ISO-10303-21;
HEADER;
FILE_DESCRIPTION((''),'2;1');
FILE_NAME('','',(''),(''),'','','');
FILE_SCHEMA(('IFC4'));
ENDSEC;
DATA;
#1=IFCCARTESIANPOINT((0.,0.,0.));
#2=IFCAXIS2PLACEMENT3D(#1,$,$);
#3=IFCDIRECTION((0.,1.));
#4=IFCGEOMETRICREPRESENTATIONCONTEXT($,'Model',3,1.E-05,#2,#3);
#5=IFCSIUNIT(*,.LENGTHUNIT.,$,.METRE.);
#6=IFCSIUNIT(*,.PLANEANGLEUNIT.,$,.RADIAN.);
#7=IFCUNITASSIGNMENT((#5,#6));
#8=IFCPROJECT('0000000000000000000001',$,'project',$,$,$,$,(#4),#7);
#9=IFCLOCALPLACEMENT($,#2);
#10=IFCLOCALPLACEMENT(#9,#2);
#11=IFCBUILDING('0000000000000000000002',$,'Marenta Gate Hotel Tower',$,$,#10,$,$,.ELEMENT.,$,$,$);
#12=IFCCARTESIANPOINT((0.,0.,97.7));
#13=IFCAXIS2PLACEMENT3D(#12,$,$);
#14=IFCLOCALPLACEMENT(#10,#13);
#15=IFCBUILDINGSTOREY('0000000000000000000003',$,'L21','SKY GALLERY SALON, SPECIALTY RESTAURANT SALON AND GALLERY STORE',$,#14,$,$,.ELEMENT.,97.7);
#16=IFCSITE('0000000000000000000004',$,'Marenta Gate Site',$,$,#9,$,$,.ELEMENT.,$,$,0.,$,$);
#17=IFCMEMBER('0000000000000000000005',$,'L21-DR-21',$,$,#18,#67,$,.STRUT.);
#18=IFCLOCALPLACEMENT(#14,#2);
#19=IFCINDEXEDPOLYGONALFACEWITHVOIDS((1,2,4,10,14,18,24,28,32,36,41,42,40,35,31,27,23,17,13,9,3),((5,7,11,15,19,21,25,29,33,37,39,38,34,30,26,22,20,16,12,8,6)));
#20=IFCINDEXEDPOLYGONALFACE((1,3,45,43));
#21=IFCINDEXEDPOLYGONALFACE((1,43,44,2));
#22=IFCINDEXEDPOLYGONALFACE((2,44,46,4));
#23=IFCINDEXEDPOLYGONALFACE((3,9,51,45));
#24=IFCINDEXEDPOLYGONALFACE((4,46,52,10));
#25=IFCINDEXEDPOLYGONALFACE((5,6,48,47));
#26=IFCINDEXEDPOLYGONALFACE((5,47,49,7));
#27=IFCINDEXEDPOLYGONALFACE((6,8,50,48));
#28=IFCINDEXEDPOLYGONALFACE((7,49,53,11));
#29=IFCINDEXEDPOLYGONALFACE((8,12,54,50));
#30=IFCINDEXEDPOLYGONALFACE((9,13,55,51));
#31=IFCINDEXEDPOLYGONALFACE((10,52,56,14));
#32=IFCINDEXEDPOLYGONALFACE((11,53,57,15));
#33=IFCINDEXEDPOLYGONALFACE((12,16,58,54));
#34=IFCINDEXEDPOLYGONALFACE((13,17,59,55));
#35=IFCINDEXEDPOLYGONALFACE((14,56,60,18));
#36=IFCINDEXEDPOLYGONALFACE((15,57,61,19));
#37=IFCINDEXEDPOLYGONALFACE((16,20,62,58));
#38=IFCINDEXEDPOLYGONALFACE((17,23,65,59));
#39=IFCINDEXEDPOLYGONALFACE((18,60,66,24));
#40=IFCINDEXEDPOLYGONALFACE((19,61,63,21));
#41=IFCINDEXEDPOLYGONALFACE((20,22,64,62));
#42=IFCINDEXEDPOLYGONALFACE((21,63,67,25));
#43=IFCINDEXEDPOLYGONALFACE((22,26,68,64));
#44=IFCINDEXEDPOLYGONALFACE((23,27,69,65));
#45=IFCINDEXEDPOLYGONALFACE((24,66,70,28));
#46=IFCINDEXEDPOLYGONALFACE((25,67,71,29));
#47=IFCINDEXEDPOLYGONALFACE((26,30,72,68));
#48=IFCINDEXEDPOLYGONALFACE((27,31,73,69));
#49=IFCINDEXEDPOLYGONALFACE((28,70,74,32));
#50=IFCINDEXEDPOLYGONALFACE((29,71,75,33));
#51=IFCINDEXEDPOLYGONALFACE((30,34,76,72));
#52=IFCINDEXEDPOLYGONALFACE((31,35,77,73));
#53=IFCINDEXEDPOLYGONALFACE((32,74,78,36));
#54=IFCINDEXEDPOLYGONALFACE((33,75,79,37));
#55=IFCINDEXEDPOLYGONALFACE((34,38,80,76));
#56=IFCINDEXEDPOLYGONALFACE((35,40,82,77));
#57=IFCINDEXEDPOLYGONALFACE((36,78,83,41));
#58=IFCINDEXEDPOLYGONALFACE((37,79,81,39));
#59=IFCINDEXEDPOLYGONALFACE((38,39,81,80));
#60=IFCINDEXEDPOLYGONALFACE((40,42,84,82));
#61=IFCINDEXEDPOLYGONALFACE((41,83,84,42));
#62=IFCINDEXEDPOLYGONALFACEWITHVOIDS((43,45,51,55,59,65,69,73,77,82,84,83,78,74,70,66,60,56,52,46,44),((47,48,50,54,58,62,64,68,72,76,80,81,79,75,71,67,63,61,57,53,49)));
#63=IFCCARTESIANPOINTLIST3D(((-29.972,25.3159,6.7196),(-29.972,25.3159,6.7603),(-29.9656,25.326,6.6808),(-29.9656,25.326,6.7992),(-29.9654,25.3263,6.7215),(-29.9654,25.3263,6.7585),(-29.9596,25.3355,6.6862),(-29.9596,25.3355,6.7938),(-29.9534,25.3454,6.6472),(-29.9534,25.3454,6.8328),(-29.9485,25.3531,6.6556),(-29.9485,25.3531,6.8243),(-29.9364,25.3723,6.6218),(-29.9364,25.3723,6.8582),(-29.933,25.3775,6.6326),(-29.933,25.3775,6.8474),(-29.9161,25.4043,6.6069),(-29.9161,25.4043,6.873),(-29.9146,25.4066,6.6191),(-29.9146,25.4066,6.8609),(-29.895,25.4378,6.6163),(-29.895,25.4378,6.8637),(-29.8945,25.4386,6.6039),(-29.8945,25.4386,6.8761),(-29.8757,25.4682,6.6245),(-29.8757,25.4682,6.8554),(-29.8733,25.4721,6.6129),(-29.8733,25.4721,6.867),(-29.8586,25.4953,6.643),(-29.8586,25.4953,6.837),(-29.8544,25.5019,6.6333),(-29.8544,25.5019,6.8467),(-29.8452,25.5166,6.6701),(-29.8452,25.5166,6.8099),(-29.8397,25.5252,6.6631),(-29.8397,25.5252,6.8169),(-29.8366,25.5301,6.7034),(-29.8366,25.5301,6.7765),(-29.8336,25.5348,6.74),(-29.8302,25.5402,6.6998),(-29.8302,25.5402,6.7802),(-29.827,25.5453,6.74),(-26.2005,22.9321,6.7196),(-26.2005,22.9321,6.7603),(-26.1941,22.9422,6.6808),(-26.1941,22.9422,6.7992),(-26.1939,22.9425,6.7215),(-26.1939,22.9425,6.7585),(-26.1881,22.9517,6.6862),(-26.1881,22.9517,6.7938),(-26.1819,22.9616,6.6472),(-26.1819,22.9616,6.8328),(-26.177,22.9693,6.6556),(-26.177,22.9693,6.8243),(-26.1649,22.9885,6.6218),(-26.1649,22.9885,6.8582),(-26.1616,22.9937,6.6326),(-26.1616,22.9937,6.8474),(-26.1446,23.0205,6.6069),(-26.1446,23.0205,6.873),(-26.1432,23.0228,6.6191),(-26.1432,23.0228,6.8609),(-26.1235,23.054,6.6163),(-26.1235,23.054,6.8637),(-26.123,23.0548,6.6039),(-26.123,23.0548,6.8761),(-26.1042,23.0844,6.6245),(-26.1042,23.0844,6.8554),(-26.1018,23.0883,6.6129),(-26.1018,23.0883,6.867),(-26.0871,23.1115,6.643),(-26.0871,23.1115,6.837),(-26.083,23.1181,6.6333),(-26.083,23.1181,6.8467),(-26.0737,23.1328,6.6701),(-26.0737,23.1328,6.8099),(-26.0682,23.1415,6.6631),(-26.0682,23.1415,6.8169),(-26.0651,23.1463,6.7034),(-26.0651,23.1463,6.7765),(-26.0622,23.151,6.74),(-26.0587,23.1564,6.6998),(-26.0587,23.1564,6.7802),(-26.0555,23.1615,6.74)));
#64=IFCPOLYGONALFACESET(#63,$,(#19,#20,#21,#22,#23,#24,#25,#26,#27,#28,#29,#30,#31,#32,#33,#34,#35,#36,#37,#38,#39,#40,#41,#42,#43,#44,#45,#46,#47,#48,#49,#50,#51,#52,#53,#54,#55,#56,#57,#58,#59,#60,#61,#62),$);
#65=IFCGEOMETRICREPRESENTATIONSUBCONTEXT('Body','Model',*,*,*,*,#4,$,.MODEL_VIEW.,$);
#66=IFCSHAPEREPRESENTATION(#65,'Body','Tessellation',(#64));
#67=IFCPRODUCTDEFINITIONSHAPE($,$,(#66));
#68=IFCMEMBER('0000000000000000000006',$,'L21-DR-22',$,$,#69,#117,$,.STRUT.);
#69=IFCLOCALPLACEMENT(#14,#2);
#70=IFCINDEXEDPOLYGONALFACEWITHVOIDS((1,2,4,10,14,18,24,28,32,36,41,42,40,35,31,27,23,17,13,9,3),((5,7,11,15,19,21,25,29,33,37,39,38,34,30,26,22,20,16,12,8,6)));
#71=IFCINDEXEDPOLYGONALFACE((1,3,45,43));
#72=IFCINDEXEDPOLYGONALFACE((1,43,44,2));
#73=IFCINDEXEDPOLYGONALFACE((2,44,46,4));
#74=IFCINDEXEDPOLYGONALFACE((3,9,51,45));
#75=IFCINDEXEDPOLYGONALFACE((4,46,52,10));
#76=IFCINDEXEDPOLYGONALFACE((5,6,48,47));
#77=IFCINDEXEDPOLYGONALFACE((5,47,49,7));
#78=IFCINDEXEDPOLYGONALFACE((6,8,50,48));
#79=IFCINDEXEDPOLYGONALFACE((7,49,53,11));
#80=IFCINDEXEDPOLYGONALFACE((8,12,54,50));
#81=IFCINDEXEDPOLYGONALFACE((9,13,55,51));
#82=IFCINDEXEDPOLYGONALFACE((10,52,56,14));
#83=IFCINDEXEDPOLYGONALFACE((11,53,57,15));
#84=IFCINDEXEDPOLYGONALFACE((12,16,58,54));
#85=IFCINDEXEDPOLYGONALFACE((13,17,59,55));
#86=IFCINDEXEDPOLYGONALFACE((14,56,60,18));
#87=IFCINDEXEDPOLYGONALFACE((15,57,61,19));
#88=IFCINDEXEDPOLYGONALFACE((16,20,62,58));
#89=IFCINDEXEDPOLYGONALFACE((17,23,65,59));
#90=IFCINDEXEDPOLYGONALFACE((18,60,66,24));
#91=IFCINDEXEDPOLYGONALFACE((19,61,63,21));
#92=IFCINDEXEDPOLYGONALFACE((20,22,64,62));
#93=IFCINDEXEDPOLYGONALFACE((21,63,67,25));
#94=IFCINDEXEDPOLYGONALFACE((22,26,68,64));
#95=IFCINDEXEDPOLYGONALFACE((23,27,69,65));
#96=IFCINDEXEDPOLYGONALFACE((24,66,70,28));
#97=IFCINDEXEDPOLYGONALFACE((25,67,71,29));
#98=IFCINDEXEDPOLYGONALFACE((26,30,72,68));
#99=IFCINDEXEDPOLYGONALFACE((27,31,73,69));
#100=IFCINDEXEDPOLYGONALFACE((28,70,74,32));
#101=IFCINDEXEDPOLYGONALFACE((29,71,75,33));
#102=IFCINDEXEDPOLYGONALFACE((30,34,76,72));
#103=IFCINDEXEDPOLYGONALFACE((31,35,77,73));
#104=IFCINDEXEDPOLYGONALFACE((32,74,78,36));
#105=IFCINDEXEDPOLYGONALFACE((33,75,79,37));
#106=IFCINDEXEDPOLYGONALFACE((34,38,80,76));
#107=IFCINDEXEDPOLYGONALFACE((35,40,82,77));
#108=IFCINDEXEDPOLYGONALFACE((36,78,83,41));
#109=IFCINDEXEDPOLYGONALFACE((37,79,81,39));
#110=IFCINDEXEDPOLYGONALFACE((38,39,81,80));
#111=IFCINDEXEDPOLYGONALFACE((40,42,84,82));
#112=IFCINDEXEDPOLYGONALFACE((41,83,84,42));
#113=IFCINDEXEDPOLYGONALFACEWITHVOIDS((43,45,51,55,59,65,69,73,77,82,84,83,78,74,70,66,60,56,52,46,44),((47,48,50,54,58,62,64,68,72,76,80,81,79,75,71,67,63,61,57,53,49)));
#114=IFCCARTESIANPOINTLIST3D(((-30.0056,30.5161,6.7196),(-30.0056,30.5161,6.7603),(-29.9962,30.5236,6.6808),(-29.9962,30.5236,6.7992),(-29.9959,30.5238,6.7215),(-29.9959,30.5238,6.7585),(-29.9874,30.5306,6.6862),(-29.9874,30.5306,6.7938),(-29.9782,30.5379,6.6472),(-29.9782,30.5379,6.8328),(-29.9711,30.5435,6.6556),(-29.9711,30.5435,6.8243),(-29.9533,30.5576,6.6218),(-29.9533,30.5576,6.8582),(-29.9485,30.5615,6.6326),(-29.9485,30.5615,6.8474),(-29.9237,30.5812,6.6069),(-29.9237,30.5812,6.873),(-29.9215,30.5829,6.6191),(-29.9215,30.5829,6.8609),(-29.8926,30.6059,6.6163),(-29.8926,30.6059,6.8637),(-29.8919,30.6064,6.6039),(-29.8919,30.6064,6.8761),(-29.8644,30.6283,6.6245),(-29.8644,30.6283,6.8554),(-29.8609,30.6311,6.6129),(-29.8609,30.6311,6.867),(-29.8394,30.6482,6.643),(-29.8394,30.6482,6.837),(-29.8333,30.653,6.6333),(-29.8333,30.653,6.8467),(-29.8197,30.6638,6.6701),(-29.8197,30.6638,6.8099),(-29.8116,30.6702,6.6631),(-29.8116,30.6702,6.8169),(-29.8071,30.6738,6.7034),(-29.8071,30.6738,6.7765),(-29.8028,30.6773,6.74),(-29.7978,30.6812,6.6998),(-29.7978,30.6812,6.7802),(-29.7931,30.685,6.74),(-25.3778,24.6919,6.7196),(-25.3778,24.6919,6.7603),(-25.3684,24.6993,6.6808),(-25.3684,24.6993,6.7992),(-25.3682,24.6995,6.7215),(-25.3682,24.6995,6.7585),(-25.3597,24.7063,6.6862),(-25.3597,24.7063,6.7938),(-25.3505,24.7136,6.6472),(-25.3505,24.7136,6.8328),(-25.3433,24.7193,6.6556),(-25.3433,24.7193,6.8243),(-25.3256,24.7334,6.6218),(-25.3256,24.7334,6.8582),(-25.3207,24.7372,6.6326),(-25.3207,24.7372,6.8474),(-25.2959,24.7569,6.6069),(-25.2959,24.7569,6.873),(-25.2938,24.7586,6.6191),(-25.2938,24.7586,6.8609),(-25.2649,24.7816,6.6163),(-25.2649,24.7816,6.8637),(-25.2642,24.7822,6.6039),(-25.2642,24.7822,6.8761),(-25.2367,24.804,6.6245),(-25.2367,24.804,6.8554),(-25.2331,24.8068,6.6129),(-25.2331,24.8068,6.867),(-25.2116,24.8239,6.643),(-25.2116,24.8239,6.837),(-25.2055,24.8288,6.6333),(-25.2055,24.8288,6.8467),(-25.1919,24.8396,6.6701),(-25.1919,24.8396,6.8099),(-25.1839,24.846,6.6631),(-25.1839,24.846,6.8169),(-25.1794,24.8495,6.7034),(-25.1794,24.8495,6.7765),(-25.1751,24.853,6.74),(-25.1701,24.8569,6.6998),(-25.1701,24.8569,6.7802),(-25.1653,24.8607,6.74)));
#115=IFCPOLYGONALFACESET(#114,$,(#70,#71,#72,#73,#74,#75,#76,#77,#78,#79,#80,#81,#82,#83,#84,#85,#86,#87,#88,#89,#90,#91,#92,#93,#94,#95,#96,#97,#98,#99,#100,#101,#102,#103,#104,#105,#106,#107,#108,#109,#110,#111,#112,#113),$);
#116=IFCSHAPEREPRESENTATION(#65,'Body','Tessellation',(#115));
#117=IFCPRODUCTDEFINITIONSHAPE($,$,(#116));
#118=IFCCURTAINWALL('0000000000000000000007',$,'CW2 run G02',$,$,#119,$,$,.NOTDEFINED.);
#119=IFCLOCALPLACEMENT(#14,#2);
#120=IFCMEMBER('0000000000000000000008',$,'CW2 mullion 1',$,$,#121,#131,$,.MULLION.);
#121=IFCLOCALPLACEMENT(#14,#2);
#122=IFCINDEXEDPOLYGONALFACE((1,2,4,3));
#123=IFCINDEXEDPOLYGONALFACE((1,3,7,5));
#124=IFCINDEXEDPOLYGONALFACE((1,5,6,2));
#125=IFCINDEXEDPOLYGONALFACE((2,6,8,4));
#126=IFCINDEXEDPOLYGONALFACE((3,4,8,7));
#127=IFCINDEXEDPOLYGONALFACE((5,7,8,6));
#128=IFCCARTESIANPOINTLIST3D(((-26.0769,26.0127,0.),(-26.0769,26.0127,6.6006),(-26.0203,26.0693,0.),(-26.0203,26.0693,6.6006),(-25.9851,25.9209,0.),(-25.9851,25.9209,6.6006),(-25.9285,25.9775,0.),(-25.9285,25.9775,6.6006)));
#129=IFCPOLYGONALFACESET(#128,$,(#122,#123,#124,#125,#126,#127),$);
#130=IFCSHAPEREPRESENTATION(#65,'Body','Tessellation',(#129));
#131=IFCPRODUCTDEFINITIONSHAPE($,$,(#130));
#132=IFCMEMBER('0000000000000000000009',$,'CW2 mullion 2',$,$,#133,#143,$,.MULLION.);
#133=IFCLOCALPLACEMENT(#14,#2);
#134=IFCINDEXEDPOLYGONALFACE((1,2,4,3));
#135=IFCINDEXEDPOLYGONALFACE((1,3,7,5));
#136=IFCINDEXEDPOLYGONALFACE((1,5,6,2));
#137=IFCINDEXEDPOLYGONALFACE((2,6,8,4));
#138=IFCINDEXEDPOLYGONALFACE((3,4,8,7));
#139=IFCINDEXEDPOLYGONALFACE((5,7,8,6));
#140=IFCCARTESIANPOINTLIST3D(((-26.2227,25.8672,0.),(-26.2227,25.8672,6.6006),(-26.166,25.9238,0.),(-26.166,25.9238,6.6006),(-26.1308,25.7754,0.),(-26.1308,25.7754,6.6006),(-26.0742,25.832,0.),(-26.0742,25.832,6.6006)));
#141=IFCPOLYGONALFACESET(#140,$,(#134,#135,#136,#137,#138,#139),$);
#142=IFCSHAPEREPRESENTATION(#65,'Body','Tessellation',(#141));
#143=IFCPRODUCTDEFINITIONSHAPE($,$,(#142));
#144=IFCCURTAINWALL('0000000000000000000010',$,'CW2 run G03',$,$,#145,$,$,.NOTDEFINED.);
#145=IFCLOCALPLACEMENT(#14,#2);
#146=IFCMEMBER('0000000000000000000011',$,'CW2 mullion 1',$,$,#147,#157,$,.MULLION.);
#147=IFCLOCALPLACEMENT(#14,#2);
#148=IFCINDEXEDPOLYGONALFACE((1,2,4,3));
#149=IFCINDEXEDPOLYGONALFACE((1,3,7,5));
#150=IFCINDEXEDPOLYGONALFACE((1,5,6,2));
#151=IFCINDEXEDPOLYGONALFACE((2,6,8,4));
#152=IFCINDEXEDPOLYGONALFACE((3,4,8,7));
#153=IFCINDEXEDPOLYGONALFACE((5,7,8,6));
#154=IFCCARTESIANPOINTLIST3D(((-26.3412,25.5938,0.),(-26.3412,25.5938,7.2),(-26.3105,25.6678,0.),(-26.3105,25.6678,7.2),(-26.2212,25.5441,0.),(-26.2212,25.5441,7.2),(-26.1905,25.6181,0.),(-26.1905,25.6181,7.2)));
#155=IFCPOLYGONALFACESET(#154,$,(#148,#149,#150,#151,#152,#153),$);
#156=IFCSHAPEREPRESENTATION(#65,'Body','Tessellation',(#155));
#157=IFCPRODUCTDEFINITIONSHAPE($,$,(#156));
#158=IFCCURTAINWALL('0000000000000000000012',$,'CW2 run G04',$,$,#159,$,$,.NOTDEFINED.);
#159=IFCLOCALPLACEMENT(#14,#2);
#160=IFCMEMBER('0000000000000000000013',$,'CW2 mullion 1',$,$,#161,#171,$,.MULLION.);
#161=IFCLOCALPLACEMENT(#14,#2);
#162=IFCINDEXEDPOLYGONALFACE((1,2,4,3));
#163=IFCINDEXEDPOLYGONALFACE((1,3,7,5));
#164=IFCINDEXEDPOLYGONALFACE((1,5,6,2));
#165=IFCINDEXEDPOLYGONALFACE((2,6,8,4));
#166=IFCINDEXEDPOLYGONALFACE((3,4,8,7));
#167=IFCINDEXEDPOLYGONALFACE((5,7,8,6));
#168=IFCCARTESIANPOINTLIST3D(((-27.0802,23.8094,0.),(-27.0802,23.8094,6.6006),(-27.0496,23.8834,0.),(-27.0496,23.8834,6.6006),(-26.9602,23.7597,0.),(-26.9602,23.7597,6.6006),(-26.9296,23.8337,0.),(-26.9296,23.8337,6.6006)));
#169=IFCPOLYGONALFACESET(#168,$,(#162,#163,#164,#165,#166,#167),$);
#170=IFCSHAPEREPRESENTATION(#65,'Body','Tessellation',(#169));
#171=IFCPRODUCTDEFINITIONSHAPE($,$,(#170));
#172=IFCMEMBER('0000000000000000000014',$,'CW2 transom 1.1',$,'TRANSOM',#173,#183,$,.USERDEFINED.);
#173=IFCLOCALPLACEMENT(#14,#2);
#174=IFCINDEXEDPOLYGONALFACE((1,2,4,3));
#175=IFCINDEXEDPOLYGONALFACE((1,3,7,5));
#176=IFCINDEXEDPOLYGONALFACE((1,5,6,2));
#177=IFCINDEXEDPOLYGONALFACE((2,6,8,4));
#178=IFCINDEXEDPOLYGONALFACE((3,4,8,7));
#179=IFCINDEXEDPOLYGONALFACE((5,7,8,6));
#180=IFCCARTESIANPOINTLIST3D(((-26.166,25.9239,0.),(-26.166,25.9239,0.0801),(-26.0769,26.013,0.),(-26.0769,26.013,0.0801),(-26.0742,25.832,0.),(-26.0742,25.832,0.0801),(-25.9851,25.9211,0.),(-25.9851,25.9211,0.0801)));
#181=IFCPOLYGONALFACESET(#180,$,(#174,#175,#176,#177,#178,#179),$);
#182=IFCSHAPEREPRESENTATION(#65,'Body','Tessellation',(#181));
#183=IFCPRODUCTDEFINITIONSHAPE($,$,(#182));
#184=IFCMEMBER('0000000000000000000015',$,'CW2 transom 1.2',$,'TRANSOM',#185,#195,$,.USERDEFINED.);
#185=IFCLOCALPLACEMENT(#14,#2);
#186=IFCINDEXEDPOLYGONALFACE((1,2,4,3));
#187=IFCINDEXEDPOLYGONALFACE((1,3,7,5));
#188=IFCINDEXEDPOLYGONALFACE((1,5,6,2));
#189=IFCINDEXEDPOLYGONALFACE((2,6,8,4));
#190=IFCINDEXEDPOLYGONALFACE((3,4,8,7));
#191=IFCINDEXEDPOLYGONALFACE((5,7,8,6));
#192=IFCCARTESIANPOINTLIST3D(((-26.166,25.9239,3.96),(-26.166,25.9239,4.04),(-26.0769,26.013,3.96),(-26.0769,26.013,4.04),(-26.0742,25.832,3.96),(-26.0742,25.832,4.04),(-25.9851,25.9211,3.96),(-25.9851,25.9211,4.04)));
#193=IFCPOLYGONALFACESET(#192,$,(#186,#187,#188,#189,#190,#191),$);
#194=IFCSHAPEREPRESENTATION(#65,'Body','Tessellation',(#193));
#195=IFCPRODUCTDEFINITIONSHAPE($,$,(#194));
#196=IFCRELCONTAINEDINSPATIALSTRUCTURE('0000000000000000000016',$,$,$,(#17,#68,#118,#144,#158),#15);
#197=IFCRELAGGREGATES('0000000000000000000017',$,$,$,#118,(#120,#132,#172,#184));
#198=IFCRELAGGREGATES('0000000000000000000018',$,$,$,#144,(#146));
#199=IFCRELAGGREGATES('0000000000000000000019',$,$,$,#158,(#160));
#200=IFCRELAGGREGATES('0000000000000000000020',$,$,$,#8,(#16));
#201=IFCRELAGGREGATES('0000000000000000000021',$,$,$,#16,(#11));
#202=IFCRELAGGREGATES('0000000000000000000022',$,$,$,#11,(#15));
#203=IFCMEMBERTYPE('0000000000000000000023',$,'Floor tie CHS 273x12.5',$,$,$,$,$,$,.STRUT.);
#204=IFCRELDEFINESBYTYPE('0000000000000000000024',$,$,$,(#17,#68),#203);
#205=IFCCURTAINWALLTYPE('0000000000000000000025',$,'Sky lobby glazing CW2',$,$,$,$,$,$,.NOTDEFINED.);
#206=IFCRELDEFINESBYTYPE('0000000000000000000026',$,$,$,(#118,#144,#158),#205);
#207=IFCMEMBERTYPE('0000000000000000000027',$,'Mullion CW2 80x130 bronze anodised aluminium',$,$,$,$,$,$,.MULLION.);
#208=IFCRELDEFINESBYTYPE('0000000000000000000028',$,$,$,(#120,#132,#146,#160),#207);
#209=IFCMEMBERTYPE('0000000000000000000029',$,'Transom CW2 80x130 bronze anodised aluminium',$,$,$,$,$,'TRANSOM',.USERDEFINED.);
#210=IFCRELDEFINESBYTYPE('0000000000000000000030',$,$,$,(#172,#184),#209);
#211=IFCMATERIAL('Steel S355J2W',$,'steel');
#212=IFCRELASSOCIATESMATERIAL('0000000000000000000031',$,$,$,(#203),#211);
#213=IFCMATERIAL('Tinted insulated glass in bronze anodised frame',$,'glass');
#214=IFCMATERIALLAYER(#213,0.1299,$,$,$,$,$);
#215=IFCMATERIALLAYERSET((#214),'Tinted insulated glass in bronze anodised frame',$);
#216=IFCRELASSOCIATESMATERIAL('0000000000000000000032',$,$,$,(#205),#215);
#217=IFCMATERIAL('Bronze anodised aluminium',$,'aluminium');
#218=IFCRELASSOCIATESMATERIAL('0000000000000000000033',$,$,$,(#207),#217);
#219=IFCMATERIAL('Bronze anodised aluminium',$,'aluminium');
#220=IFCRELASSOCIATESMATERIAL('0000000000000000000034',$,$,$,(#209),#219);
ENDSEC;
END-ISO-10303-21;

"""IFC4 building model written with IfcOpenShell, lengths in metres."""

from ifc_helpers import new_model, si_unit, direction, frame, origin, origin_2d, place, context, subcontext, project, spatial, rectangle, hollow_circle, extrude, material, layer, layer_set, material_profile, profile_set, type_object, element, aggregate, save


model = new_model("IFC4")

# Units and contexts
model_context = context("Model", 3, precision=1e-05, world=origin(), true_north=direction((0.0, 1.0)))
body_context = subcontext(model_context, "Body", "Model", "MODEL_VIEW")
ifc_project = project(units=[si_unit("LENGTHUNIT", "METRE"), si_unit("PLANEANGLEUNIT", "RADIAN")], contexts=[model_context])

# Site, building, storey
site_placement = place(None, origin())
site = spatial("IfcSite", under=ifc_project, at=site_placement, Name="Marenta Gate Site", CompositionType="ELEMENT", RefElevation=0.0)
building_placement = place(site_placement, origin())
building = spatial("IfcBuilding", under=site, at=building_placement, Name="Marenta Gate Hotel Tower", CompositionType="ELEMENT")
storey_placement = place(building_placement, frame((0.0, 0.0, 97.7)))
storey = spatial("IfcBuildingStorey", under=building, at=storey_placement, Name="L21", Description="SKY GALLERY SALON, SPECIALTY RESTAURANT SALON AND GALLERY STORE", CompositionType="ELEMENT", Elevation=97.7)

# Members
ifc_material_1 = material(Name="Steel S355J2W", Category="steel")
ifc_material_profile_1 = material_profile(ifc_material_1, hollow_circle(Radius=0.1365, WallThickness=0.0125, at=origin_2d()), Name="CHS 273x12.5")
ifc_profile_set_1 = profile_set([ifc_material_profile_1], Name="Steel S355J2W")
member_type_1 = type_object("IfcMemberType", Name="Floor tie CHS 273x12.5", PredefinedType="STRUT", material=ifc_profile_set_1)
member_1_placement = place(storey_placement, frame((-29.8999, 25.4299, 6.74), z_axis=(0.845307, -0.534281, 0.0), x_axis=(0.534281, 0.845307, 0.0)))
element("IfcMember", 1, at=member_1_placement, inside=storey, type_object=member_type_1, Name="L21-DR-21", PredefinedType="STRUT", context=body_context, shape_type="SweptSolid", body=[
    extrude(hollow_circle(Radius=0.1365, WallThickness=0.0125, at=origin_2d()), origin(), (0.0, 0.0, 1.0), 4.4617),
])
member_2_placement = place(storey_placement, frame((-29.8999, 30.6001, 6.74), z_axis=(0.622094, -0.782943, 0.0), x_axis=(0.782943, 0.622094, 0.0)))
element("IfcMember", 2, at=member_2_placement, inside=storey, type_object=member_type_1, Name="L21-DR-22", PredefinedType="STRUT", context=body_context, shape_type="SweptSolid", body=[
    extrude(hollow_circle(Radius=0.1365, WallThickness=0.0125, at=origin_2d()), origin(), (0.0, 0.0, 1.0), 7.439),
])

# Curtain wall, members
ifc_material_2 = material(Name="Tinted insulated glass in bronze anodised frame", Category="glass")
ifc_layer_1 = layer(ifc_material_2, 0.1299)
ifc_layer_set_1 = layer_set([ifc_layer_1], Name="Tinted insulated glass in bronze anodised frame")
curtain_wall_type = type_object("IfcCurtainWallType", Name="Sky lobby glazing CW2", PredefinedType="NOTDEFINED", material=ifc_layer_set_1)
curtain_wall_1_placement = place(storey_placement, origin())
curtain_wall_1 = element("IfcCurtainWall", 3, at=curtain_wall_1_placement, inside=storey, type_object=curtain_wall_type, Name="CW2 run G02", PredefinedType="NOTDEFINED")
ifc_material_3 = material(Name="Bronze anodised aluminium", Category="aluminium")
ifc_material_profile_2 = material_profile(ifc_material_3, rectangle(XDim=0.1299, YDim=0.0801, at=origin_2d()), Name="Mullion CW2 80x130 bronze anodised aluminium")
ifc_profile_set_2 = profile_set([ifc_material_profile_2], Name="Bronze anodised aluminium")
member_type_2 = type_object("IfcMemberType", Name="Mullion CW2 80x130 bronze anodised aluminium", PredefinedType="MULLION", material=ifc_profile_set_2)
member_3_placement = place(storey_placement, frame((-26.0027, 25.9951, 0.0), z_axis=(0.0, 0.0, 1.0), x_axis=(0.707107, -0.707107, 0.0)))
member_3 = element("IfcMember", 4, at=member_3_placement, type_object=member_type_2, Name="CW2 mullion 1", PredefinedType="MULLION", context=body_context, shape_type="SweptSolid", body=[
    extrude(rectangle(XDim=0.1299, YDim=0.0801, at=origin_2d()), origin(), (0.0, 0.0, 1.0), 6.6006),
])
member_4_placement = place(storey_placement, frame((-26.1484, 25.8496, 0.0), z_axis=(0.0, 0.0, 1.0), x_axis=(0.707107, -0.707107, 0.0)))
member_4 = element("IfcMember", 5, at=member_4_placement, type_object=member_type_2, Name="CW2 mullion 2", PredefinedType="MULLION", context=body_context, shape_type="SweptSolid", body=[
    extrude(rectangle(XDim=0.1299, YDim=0.0801, at=origin_2d()), origin(), (0.0, 0.0, 1.0), 6.6006),
])

# Curtain walls, members
curtain_wall_2_placement = place(storey_placement, origin())
curtain_wall_2 = element("IfcCurtainWall", 6, at=curtain_wall_2_placement, inside=storey, type_object=curtain_wall_type, Name="CW2 run G03", PredefinedType="NOTDEFINED")
member_5_placement = place(storey_placement, frame((-26.2659, 25.606, 0.0), z_axis=(0.0, 0.0, 1.0), x_axis=(0.923884, -0.382673, 0.0)))
member_5 = element("IfcMember", 7, at=member_5_placement, type_object=member_type_2, Name="CW2 mullion 1", PredefinedType="MULLION", context=body_context, shape_type="SweptSolid", body=[
    extrude(rectangle(XDim=0.1299, YDim=0.0801, at=origin_2d()), origin(), (0.0, 0.0, 1.0), 7.2),
])
curtain_wall_3_placement = place(storey_placement, origin())
curtain_wall_3 = element("IfcCurtainWall", 8, at=curtain_wall_3_placement, inside=storey, type_object=curtain_wall_type, Name="CW2 run G04", PredefinedType="NOTDEFINED")
member_6_placement = place(storey_placement, frame((-27.0049, 23.8215, 0.0), z_axis=(0.0, 0.0, 1.0), x_axis=(0.923892, -0.382653, 0.0)))
member_6 = element("IfcMember", 9, at=member_6_placement, type_object=member_type_2, Name="CW2 mullion 1", PredefinedType="MULLION", context=body_context, shape_type="SweptSolid", body=[
    extrude(rectangle(XDim=0.1299, YDim=0.0801, at=origin_2d()), origin(), (0.0, 0.0, 1.0), 6.6006),
])

# Members
ifc_material_4 = material(Name="Bronze anodised aluminium", Category="aluminium")
ifc_material_profile_3 = material_profile(ifc_material_4, rectangle(XDim=0.1299, YDim=0.0801, at=origin_2d()), Name="Transom CW2 80x130 bronze anodised aluminium")
ifc_profile_set_3 = profile_set([ifc_material_profile_3], Name="Bronze anodised aluminium")
member_type_3 = type_object("IfcMemberType", Name="Transom CW2 80x130 bronze anodised aluminium", ElementType="TRANSOM", PredefinedType="USERDEFINED", material=ifc_profile_set_3)
member_7_placement = place(storey_placement, frame((-26.031, 25.967, 0.04), z_axis=(-0.707107, -0.707107, 0.0), x_axis=(0.707107, -0.707107, 0.0)))
member_7 = element("IfcMember", 10, at=member_7_placement, type_object=member_type_3, Name="CW2 transom 1.1", ObjectType="TRANSOM", PredefinedType="USERDEFINED", context=body_context, shape_type="SweptSolid", body=[
    extrude(rectangle(XDim=0.1299, YDim=0.0801, at=origin_2d()), origin(), (0.0, 0.0, 1.0), 0.126),
])
member_8_placement = place(storey_placement, frame((-26.031, 25.967, 4.0), z_axis=(-0.707107, -0.707107, 0.0), x_axis=(0.707107, -0.707107, 0.0)))
member_8 = element("IfcMember", 11, at=member_8_placement, type_object=member_type_3, Name="CW2 transom 1.2", ObjectType="TRANSOM", PredefinedType="USERDEFINED", context=body_context, shape_type="SweptSolid", body=[
    extrude(rectangle(XDim=0.1299, YDim=0.0801, at=origin_2d()), origin(), (0.0, 0.0, 1.0), 0.126),
])

aggregate(curtain_wall_1, [member_3, member_4, member_7, member_8])
aggregate(curtain_wall_2, [member_5])
aggregate(curtain_wall_3, [member_6])

save(model, "model.ifc")
